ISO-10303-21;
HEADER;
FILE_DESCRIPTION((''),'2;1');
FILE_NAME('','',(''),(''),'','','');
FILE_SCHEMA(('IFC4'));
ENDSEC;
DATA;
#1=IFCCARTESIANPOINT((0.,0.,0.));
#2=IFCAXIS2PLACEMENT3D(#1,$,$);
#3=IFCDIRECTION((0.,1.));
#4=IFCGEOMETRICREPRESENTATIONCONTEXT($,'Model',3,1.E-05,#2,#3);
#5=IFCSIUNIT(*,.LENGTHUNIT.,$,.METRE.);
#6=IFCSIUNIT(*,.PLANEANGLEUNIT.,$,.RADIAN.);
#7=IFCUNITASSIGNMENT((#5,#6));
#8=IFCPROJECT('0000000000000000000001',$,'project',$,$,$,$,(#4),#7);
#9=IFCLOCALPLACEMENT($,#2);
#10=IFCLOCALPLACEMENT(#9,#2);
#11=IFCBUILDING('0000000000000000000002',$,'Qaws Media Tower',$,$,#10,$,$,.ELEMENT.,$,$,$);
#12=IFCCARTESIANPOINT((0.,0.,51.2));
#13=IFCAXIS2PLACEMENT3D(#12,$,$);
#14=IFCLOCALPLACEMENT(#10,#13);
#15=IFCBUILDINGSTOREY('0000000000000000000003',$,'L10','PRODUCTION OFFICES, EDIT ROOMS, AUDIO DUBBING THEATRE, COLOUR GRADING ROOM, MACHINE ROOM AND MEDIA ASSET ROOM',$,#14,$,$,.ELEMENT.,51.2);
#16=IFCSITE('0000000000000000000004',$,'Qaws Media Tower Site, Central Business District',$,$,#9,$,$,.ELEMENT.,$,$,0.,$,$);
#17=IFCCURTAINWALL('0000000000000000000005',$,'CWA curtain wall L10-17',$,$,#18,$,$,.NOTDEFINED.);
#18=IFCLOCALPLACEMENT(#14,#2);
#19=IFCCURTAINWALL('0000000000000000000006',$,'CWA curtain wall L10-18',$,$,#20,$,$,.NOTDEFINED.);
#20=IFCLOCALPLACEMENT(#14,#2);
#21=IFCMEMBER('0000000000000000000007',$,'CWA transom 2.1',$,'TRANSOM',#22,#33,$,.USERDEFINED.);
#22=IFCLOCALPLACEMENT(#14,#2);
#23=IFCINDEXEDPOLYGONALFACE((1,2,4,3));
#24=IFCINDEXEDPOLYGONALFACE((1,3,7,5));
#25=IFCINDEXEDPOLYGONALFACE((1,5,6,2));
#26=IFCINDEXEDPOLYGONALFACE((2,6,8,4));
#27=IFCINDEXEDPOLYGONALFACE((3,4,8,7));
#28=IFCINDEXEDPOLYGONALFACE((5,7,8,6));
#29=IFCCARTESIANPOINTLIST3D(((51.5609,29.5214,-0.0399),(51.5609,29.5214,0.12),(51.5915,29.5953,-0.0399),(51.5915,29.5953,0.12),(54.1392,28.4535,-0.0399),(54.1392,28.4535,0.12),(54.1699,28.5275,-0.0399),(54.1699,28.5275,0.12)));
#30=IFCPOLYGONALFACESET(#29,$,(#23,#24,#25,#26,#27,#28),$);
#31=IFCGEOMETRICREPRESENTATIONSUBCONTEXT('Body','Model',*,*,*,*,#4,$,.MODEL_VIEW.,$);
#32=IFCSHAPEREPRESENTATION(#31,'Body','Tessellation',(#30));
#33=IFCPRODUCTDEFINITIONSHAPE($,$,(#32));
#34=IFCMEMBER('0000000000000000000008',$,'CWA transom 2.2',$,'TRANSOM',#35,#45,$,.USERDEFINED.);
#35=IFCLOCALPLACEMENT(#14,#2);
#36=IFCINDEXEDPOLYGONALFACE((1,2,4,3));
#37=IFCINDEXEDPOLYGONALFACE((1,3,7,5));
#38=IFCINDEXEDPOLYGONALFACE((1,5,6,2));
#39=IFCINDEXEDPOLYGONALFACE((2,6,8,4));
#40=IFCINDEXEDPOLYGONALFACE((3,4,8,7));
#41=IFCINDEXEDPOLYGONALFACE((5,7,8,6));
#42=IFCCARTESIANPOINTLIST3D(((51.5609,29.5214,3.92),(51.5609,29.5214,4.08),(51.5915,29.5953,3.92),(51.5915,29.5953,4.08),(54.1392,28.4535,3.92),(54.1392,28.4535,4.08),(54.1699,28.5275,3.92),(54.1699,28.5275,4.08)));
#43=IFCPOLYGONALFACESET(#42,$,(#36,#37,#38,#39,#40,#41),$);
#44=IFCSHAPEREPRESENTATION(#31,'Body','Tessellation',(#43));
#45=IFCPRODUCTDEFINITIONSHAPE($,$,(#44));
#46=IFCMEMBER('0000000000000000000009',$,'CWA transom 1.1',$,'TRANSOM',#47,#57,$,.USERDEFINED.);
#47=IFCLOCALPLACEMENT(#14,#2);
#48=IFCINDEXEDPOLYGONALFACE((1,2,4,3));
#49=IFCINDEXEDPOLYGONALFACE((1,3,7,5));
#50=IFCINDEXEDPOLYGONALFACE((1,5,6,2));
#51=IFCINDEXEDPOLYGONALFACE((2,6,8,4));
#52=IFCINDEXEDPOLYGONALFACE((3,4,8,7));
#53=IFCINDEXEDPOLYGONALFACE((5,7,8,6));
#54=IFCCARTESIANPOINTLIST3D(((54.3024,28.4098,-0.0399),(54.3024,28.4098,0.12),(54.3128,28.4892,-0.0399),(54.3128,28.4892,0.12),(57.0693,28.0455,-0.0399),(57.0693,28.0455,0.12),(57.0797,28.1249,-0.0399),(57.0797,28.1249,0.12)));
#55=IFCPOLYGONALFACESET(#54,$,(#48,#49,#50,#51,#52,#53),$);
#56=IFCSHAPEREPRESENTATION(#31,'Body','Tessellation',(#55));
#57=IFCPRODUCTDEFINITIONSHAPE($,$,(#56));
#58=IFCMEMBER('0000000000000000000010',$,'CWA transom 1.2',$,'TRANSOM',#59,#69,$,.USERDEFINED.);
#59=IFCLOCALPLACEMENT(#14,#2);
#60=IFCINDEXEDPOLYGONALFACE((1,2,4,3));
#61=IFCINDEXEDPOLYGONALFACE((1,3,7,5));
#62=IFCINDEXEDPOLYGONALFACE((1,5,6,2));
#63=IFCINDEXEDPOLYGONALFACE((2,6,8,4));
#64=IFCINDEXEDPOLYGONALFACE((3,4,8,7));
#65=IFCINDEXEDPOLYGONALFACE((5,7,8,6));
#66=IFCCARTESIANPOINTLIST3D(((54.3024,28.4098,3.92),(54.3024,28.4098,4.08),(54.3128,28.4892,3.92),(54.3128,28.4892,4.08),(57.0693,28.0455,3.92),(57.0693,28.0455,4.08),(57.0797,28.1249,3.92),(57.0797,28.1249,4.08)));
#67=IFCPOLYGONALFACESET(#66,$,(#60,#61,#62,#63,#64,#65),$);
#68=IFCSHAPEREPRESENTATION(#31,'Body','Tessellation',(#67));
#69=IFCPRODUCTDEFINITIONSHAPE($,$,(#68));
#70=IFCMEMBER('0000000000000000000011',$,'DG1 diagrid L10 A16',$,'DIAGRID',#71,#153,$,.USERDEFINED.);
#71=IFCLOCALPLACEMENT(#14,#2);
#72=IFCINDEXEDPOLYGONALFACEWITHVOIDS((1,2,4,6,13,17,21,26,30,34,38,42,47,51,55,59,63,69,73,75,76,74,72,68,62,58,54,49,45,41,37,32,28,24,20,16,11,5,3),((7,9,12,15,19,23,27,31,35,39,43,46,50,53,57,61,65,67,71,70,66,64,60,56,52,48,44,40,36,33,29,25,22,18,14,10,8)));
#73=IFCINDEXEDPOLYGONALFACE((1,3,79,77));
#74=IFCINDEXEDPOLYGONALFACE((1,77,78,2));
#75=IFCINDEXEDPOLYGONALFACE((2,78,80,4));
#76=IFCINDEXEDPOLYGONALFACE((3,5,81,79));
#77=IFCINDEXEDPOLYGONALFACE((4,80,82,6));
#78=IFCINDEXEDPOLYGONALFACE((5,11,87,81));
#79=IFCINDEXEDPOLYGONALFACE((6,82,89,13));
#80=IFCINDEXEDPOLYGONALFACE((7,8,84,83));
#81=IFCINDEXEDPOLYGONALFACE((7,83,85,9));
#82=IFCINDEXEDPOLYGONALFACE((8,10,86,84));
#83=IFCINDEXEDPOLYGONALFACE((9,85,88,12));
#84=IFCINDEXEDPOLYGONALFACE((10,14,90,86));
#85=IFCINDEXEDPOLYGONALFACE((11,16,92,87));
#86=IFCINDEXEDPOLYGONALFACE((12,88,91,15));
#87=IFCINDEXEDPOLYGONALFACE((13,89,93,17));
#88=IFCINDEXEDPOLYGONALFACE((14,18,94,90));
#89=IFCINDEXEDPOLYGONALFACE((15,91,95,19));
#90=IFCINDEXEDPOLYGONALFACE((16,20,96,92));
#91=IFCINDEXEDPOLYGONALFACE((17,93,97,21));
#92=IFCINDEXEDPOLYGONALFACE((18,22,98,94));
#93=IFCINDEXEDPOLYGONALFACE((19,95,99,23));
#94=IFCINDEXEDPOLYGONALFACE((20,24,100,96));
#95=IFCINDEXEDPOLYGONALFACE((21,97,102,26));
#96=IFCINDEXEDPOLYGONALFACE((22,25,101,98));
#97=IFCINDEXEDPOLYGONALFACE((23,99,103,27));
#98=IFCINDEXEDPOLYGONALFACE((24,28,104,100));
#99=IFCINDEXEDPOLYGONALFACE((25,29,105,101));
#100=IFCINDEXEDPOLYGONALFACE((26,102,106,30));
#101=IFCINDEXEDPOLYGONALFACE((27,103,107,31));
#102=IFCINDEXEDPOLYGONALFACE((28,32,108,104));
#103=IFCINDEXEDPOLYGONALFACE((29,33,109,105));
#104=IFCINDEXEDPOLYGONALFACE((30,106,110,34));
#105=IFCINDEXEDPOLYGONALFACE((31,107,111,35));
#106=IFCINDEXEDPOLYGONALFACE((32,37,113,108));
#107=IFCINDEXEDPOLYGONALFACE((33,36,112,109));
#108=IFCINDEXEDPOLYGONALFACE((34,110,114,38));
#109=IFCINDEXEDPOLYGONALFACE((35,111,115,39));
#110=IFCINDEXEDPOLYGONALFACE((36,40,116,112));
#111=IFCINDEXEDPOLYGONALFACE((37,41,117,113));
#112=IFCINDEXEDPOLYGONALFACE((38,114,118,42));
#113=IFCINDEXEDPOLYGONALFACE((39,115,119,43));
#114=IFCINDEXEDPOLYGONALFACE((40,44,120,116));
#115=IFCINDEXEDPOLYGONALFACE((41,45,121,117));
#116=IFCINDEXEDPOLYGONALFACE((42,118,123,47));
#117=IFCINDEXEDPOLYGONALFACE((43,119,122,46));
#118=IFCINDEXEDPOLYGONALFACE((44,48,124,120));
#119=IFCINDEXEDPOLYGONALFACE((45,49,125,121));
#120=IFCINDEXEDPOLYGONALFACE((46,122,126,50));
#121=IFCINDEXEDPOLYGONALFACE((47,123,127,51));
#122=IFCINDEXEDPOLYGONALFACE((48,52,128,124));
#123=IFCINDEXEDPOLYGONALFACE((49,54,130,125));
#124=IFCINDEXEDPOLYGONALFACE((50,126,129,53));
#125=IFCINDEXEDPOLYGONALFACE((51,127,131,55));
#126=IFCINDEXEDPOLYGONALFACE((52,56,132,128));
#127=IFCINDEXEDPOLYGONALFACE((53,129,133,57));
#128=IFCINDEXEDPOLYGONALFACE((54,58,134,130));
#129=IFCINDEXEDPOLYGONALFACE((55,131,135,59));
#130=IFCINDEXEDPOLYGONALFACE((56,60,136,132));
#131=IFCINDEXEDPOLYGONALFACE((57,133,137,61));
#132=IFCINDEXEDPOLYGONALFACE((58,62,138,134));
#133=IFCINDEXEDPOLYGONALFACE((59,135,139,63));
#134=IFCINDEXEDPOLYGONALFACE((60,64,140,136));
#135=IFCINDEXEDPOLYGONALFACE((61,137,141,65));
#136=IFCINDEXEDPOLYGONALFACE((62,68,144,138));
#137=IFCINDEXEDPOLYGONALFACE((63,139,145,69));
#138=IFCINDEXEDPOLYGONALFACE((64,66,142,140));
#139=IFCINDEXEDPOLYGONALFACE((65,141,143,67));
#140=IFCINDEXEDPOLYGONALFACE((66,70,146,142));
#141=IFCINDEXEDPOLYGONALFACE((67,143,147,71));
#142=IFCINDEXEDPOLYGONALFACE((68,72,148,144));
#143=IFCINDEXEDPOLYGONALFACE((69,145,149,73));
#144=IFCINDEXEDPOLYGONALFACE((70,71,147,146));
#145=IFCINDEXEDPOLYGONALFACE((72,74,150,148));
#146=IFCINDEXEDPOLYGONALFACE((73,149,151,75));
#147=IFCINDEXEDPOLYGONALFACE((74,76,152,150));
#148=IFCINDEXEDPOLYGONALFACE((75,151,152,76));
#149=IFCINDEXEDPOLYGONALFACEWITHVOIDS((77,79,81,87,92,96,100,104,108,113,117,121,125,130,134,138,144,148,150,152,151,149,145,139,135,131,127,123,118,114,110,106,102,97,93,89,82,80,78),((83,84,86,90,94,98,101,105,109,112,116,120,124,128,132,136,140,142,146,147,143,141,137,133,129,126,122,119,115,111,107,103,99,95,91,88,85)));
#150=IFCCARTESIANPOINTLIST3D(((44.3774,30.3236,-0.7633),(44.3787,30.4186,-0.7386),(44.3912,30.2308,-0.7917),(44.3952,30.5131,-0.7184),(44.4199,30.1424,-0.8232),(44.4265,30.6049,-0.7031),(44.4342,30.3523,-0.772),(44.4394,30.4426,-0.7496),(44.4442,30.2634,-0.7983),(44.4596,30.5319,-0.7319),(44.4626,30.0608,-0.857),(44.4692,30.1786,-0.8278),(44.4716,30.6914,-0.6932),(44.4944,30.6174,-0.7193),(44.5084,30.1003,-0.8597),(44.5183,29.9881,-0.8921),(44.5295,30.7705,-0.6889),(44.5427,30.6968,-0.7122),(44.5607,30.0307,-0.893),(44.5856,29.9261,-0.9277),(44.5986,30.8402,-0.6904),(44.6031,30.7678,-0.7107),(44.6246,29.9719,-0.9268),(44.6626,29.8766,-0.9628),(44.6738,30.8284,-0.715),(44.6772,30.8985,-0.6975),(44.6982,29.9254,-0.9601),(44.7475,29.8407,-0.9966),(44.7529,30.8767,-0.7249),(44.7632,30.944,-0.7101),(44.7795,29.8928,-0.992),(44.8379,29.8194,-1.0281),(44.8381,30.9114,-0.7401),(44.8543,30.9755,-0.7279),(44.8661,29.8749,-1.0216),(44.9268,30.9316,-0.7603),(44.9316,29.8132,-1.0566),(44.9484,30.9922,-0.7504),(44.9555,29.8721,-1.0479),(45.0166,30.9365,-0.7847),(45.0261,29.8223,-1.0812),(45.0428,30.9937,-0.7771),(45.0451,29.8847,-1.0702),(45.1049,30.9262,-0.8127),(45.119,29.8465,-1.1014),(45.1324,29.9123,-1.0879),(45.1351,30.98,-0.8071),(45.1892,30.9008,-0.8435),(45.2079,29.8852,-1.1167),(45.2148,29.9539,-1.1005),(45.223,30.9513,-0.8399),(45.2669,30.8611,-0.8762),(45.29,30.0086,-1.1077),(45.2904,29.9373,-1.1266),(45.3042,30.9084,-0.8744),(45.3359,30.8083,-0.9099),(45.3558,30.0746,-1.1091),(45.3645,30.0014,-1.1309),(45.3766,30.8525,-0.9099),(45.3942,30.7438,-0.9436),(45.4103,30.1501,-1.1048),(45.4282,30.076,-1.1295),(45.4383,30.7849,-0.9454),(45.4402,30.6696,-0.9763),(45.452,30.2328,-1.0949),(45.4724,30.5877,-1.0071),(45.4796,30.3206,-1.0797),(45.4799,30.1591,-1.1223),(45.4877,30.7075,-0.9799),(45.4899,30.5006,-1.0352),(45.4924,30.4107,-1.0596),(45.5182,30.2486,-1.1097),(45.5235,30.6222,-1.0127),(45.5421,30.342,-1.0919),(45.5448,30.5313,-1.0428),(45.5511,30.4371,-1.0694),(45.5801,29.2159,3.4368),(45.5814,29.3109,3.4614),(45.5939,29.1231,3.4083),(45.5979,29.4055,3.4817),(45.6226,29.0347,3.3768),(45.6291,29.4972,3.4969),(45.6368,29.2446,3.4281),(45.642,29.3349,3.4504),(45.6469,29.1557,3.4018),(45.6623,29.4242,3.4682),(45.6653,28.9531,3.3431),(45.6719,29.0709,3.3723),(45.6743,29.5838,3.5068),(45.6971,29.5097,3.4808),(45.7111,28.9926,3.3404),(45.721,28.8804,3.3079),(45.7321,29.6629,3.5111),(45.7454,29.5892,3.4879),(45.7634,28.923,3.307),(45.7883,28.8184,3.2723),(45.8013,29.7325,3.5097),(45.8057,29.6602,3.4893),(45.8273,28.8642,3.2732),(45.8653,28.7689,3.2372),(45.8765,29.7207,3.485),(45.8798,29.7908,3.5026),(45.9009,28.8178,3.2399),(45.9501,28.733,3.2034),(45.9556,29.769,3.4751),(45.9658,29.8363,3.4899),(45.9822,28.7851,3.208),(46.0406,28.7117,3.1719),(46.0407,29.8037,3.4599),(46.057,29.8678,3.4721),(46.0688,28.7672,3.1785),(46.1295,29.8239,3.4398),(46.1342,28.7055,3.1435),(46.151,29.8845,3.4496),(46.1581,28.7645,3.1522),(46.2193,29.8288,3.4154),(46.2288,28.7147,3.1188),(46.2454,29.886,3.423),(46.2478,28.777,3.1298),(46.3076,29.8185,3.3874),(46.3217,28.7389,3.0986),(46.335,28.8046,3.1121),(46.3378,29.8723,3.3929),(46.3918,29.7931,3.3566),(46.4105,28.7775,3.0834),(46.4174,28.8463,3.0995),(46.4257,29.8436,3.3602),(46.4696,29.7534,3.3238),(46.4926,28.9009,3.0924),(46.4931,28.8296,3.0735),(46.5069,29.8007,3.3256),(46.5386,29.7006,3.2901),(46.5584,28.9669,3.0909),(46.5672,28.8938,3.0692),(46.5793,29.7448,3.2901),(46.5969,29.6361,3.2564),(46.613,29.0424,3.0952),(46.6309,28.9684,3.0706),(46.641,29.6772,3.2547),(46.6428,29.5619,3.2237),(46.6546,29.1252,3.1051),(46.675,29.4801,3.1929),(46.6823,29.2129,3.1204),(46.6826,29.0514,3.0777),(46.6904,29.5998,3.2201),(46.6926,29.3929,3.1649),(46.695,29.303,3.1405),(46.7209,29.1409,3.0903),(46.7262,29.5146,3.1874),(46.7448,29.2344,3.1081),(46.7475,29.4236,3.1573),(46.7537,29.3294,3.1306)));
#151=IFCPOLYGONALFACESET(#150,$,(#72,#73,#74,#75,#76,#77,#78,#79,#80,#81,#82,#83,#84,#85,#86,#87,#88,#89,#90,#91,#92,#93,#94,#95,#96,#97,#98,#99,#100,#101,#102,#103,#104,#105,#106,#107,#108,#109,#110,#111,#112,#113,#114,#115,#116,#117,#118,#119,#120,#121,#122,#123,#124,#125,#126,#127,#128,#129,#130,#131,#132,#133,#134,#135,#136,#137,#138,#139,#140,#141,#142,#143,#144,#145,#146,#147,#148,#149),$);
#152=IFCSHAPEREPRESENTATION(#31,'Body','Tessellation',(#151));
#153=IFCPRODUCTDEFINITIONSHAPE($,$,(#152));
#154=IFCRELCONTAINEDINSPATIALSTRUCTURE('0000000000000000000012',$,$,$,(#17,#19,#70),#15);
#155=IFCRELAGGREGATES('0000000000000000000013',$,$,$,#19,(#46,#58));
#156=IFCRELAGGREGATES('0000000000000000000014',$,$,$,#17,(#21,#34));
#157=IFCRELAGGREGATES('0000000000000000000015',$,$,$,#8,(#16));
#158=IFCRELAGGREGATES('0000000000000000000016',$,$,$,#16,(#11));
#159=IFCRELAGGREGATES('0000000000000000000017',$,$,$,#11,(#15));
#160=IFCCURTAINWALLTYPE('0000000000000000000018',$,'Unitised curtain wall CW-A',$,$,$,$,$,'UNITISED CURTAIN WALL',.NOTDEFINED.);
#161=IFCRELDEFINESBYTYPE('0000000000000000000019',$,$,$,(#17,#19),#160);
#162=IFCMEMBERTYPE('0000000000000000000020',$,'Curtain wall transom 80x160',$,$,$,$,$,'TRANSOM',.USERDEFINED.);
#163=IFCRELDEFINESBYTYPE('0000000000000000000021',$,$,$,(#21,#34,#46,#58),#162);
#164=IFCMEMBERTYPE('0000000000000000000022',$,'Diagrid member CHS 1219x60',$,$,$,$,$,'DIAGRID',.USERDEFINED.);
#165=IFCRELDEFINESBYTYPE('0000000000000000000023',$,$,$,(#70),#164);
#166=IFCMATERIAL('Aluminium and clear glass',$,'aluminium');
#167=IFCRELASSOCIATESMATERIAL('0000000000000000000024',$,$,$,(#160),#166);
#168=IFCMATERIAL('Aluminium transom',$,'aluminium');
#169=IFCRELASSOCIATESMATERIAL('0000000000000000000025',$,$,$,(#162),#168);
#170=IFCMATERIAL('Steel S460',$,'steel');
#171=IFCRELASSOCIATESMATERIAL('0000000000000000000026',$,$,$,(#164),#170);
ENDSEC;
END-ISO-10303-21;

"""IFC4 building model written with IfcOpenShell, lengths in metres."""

from ifc_helpers import new_model, si_unit, direction, frame, origin, origin_2d, place, context, subcontext, project, spatial, rectangle, hollow_circle, extrude, material, material_profile, profile_set, type_object, element, aggregate, save


model = new_model("IFC4")

# Units and contexts
model_context = context("Model", 3, precision=1e-05, world=origin(), true_north=direction((0.0, 1.0)))
body_context = subcontext(model_context, "Body", "Model", "MODEL_VIEW")
ifc_project = project(units=[si_unit("LENGTHUNIT", "METRE"), si_unit("PLANEANGLEUNIT", "RADIAN")], contexts=[model_context])

# Site, building, storey
site_placement = place(None, origin())
site = spatial("IfcSite", under=ifc_project, at=site_placement, Name="Qaws Media Tower Site, Central Business District", CompositionType="ELEMENT", RefElevation=0.0)
building_placement = place(site_placement, origin())
building = spatial("IfcBuilding", under=site, at=building_placement, Name="Qaws Media Tower", CompositionType="ELEMENT")
storey_placement = place(building_placement, frame((0.0, 0.0, 51.2)))
storey = spatial("IfcBuildingStorey", under=building, at=storey_placement, Name="L10", Description="PRODUCTION OFFICES, EDIT ROOMS, AUDIO DUBBING THEATRE, COLOUR GRADING ROOM, MACHINE ROOM AND MEDIA ASSET ROOM", CompositionType="ELEMENT", Elevation=51.2)

# Shared definitions
ifc_material_1 = material(Name="Aluminium and clear glass", Category="aluminium")
curtain_wall_type = type_object("IfcCurtainWallType", Name="Unitised curtain wall CW-A", ElementType="UNITISED CURTAIN WALL", PredefinedType="NOTDEFINED", material=ifc_material_1)

# Curtain wall
curtain_wall_1_placement = place(storey_placement, origin())
curtain_wall_1 = element("IfcCurtainWall", 1, at=curtain_wall_1_placement, inside=storey, type_object=curtain_wall_type, Name="CWA curtain wall L10-17", PredefinedType="NOTDEFINED")

# Curtain wall
curtain_wall_2_placement = place(storey_placement, origin())
curtain_wall_2 = element("IfcCurtainWall", 2, at=curtain_wall_2_placement, inside=storey, type_object=curtain_wall_type, Name="CWA curtain wall L10-18", PredefinedType="NOTDEFINED")

# Members
ifc_material_2 = material(Name="Aluminium transom", Category="aluminium")
ifc_material_profile_1 = material_profile(ifc_material_2, rectangle(XDim=0.0801, YDim=0.1599, at=origin_2d()), Name="80x160")
ifc_profile_set_1 = profile_set([ifc_material_profile_1], Name="Aluminium transom")
member_type_1 = type_object("IfcMemberType", Name="Curtain wall transom 80x160", ElementType="TRANSOM", PredefinedType="USERDEFINED", material=ifc_profile_set_1)
member_1_placement = place(storey_placement, frame((51.5762, 29.5583, 0.04), z_axis=(0.923895, -0.382645, 0.0), x_axis=(0.382645, 0.923895, 0.0)))
member_1 = element("IfcMember", 3, at=member_1_placement, type_object=member_type_1, Name="CWA transom 2.1", ObjectType="TRANSOM", PredefinedType="USERDEFINED", context=body_context, shape_type="SweptSolid", body=[
    extrude(rectangle(XDim=0.0801, YDim=0.1599, at=origin_2d()), origin(), (0.0, 0.0, 1.0), 2.7908),
])
member_2_placement = place(storey_placement, frame((51.5762, 29.5583, 4.0), z_axis=(0.923895, -0.382645, 0.0), x_axis=(0.382645, 0.923895, 0.0)))
member_2 = element("IfcMember", 4, at=member_2_placement, type_object=member_type_1, Name="CWA transom 2.2", ObjectType="TRANSOM", PredefinedType="USERDEFINED", context=body_context, shape_type="SweptSolid", body=[
    extrude(rectangle(XDim=0.0801, YDim=0.1599, at=origin_2d()), origin(), (0.0, 0.0, 1.0), 2.7908),
])
member_3_placement = place(storey_placement, frame((54.3076, 28.4495, 0.04), z_axis=(0.991445, -0.130525, 0.0), x_axis=(0.130525, 0.991445, 0.0)))
member_3 = element("IfcMember", 5, at=member_3_placement, type_object=member_type_1, Name="CWA transom 1.1", ObjectType="TRANSOM", PredefinedType="USERDEFINED", context=body_context, shape_type="SweptSolid", body=[
    extrude(rectangle(XDim=0.0801, YDim=0.1599, at=origin_2d()), origin(), (0.0, 0.0, 1.0), 2.7908),
])
member_4_placement = place(storey_placement, frame((54.3076, 28.4495, 4.0), z_axis=(0.991445, -0.130525, 0.0), x_axis=(0.130525, 0.991445, 0.0)))
member_4 = element("IfcMember", 6, at=member_4_placement, type_object=member_type_1, Name="CWA transom 1.2", ObjectType="TRANSOM", PredefinedType="USERDEFINED", context=body_context, shape_type="SweptSolid", body=[
    extrude(rectangle(XDim=0.0801, YDim=0.1599, at=origin_2d()), origin(), (0.0, 0.0, 1.0), 2.7908),
])
aggregate(curtain_wall_2, [member_3, member_4])

# Member
ifc_material_3 = material(Name="Steel S460", Category="steel")
ifc_material_profile_2 = material_profile(ifc_material_3, hollow_circle(Radius=0.6096, WallThickness=0.0601, at=origin_2d()), Name="CHS 1219x60")
ifc_profile_set_2 = profile_set([ifc_material_profile_2], Name="Steel S460")
member_type_2 = type_object("IfcMemberType", Name="Diagrid member CHS 1219x60", ElementType="DIAGRID", PredefinedType="USERDEFINED", material=ifc_profile_set_2)
for number, where, z_axis, x_axis, name in (
    (7, (44.9636, 30.4041, -0.9099), (0.266839, -0.245767, 0.931877), (0.677467, 0.735553, 0.0), "DG1 diagrid L10 A16"),
):
    element("IfcMember", number, at=place(storey_placement, frame(where, z_axis=z_axis, x_axis=x_axis)), inside=storey, type_object=member_type_2, Name=name, ObjectType="DIAGRID", PredefinedType="USERDEFINED", context=body_context, shape_type="SweptSolid", body=[
        extrude(hollow_circle(Radius=0.6096, WallThickness=0.0601, at=origin_2d()), origin(), (0.0, 0.0, 1.0), 4.5071),
    ])

aggregate(curtain_wall_1, [member_1, member_2])

save(model, "model.ifc")
